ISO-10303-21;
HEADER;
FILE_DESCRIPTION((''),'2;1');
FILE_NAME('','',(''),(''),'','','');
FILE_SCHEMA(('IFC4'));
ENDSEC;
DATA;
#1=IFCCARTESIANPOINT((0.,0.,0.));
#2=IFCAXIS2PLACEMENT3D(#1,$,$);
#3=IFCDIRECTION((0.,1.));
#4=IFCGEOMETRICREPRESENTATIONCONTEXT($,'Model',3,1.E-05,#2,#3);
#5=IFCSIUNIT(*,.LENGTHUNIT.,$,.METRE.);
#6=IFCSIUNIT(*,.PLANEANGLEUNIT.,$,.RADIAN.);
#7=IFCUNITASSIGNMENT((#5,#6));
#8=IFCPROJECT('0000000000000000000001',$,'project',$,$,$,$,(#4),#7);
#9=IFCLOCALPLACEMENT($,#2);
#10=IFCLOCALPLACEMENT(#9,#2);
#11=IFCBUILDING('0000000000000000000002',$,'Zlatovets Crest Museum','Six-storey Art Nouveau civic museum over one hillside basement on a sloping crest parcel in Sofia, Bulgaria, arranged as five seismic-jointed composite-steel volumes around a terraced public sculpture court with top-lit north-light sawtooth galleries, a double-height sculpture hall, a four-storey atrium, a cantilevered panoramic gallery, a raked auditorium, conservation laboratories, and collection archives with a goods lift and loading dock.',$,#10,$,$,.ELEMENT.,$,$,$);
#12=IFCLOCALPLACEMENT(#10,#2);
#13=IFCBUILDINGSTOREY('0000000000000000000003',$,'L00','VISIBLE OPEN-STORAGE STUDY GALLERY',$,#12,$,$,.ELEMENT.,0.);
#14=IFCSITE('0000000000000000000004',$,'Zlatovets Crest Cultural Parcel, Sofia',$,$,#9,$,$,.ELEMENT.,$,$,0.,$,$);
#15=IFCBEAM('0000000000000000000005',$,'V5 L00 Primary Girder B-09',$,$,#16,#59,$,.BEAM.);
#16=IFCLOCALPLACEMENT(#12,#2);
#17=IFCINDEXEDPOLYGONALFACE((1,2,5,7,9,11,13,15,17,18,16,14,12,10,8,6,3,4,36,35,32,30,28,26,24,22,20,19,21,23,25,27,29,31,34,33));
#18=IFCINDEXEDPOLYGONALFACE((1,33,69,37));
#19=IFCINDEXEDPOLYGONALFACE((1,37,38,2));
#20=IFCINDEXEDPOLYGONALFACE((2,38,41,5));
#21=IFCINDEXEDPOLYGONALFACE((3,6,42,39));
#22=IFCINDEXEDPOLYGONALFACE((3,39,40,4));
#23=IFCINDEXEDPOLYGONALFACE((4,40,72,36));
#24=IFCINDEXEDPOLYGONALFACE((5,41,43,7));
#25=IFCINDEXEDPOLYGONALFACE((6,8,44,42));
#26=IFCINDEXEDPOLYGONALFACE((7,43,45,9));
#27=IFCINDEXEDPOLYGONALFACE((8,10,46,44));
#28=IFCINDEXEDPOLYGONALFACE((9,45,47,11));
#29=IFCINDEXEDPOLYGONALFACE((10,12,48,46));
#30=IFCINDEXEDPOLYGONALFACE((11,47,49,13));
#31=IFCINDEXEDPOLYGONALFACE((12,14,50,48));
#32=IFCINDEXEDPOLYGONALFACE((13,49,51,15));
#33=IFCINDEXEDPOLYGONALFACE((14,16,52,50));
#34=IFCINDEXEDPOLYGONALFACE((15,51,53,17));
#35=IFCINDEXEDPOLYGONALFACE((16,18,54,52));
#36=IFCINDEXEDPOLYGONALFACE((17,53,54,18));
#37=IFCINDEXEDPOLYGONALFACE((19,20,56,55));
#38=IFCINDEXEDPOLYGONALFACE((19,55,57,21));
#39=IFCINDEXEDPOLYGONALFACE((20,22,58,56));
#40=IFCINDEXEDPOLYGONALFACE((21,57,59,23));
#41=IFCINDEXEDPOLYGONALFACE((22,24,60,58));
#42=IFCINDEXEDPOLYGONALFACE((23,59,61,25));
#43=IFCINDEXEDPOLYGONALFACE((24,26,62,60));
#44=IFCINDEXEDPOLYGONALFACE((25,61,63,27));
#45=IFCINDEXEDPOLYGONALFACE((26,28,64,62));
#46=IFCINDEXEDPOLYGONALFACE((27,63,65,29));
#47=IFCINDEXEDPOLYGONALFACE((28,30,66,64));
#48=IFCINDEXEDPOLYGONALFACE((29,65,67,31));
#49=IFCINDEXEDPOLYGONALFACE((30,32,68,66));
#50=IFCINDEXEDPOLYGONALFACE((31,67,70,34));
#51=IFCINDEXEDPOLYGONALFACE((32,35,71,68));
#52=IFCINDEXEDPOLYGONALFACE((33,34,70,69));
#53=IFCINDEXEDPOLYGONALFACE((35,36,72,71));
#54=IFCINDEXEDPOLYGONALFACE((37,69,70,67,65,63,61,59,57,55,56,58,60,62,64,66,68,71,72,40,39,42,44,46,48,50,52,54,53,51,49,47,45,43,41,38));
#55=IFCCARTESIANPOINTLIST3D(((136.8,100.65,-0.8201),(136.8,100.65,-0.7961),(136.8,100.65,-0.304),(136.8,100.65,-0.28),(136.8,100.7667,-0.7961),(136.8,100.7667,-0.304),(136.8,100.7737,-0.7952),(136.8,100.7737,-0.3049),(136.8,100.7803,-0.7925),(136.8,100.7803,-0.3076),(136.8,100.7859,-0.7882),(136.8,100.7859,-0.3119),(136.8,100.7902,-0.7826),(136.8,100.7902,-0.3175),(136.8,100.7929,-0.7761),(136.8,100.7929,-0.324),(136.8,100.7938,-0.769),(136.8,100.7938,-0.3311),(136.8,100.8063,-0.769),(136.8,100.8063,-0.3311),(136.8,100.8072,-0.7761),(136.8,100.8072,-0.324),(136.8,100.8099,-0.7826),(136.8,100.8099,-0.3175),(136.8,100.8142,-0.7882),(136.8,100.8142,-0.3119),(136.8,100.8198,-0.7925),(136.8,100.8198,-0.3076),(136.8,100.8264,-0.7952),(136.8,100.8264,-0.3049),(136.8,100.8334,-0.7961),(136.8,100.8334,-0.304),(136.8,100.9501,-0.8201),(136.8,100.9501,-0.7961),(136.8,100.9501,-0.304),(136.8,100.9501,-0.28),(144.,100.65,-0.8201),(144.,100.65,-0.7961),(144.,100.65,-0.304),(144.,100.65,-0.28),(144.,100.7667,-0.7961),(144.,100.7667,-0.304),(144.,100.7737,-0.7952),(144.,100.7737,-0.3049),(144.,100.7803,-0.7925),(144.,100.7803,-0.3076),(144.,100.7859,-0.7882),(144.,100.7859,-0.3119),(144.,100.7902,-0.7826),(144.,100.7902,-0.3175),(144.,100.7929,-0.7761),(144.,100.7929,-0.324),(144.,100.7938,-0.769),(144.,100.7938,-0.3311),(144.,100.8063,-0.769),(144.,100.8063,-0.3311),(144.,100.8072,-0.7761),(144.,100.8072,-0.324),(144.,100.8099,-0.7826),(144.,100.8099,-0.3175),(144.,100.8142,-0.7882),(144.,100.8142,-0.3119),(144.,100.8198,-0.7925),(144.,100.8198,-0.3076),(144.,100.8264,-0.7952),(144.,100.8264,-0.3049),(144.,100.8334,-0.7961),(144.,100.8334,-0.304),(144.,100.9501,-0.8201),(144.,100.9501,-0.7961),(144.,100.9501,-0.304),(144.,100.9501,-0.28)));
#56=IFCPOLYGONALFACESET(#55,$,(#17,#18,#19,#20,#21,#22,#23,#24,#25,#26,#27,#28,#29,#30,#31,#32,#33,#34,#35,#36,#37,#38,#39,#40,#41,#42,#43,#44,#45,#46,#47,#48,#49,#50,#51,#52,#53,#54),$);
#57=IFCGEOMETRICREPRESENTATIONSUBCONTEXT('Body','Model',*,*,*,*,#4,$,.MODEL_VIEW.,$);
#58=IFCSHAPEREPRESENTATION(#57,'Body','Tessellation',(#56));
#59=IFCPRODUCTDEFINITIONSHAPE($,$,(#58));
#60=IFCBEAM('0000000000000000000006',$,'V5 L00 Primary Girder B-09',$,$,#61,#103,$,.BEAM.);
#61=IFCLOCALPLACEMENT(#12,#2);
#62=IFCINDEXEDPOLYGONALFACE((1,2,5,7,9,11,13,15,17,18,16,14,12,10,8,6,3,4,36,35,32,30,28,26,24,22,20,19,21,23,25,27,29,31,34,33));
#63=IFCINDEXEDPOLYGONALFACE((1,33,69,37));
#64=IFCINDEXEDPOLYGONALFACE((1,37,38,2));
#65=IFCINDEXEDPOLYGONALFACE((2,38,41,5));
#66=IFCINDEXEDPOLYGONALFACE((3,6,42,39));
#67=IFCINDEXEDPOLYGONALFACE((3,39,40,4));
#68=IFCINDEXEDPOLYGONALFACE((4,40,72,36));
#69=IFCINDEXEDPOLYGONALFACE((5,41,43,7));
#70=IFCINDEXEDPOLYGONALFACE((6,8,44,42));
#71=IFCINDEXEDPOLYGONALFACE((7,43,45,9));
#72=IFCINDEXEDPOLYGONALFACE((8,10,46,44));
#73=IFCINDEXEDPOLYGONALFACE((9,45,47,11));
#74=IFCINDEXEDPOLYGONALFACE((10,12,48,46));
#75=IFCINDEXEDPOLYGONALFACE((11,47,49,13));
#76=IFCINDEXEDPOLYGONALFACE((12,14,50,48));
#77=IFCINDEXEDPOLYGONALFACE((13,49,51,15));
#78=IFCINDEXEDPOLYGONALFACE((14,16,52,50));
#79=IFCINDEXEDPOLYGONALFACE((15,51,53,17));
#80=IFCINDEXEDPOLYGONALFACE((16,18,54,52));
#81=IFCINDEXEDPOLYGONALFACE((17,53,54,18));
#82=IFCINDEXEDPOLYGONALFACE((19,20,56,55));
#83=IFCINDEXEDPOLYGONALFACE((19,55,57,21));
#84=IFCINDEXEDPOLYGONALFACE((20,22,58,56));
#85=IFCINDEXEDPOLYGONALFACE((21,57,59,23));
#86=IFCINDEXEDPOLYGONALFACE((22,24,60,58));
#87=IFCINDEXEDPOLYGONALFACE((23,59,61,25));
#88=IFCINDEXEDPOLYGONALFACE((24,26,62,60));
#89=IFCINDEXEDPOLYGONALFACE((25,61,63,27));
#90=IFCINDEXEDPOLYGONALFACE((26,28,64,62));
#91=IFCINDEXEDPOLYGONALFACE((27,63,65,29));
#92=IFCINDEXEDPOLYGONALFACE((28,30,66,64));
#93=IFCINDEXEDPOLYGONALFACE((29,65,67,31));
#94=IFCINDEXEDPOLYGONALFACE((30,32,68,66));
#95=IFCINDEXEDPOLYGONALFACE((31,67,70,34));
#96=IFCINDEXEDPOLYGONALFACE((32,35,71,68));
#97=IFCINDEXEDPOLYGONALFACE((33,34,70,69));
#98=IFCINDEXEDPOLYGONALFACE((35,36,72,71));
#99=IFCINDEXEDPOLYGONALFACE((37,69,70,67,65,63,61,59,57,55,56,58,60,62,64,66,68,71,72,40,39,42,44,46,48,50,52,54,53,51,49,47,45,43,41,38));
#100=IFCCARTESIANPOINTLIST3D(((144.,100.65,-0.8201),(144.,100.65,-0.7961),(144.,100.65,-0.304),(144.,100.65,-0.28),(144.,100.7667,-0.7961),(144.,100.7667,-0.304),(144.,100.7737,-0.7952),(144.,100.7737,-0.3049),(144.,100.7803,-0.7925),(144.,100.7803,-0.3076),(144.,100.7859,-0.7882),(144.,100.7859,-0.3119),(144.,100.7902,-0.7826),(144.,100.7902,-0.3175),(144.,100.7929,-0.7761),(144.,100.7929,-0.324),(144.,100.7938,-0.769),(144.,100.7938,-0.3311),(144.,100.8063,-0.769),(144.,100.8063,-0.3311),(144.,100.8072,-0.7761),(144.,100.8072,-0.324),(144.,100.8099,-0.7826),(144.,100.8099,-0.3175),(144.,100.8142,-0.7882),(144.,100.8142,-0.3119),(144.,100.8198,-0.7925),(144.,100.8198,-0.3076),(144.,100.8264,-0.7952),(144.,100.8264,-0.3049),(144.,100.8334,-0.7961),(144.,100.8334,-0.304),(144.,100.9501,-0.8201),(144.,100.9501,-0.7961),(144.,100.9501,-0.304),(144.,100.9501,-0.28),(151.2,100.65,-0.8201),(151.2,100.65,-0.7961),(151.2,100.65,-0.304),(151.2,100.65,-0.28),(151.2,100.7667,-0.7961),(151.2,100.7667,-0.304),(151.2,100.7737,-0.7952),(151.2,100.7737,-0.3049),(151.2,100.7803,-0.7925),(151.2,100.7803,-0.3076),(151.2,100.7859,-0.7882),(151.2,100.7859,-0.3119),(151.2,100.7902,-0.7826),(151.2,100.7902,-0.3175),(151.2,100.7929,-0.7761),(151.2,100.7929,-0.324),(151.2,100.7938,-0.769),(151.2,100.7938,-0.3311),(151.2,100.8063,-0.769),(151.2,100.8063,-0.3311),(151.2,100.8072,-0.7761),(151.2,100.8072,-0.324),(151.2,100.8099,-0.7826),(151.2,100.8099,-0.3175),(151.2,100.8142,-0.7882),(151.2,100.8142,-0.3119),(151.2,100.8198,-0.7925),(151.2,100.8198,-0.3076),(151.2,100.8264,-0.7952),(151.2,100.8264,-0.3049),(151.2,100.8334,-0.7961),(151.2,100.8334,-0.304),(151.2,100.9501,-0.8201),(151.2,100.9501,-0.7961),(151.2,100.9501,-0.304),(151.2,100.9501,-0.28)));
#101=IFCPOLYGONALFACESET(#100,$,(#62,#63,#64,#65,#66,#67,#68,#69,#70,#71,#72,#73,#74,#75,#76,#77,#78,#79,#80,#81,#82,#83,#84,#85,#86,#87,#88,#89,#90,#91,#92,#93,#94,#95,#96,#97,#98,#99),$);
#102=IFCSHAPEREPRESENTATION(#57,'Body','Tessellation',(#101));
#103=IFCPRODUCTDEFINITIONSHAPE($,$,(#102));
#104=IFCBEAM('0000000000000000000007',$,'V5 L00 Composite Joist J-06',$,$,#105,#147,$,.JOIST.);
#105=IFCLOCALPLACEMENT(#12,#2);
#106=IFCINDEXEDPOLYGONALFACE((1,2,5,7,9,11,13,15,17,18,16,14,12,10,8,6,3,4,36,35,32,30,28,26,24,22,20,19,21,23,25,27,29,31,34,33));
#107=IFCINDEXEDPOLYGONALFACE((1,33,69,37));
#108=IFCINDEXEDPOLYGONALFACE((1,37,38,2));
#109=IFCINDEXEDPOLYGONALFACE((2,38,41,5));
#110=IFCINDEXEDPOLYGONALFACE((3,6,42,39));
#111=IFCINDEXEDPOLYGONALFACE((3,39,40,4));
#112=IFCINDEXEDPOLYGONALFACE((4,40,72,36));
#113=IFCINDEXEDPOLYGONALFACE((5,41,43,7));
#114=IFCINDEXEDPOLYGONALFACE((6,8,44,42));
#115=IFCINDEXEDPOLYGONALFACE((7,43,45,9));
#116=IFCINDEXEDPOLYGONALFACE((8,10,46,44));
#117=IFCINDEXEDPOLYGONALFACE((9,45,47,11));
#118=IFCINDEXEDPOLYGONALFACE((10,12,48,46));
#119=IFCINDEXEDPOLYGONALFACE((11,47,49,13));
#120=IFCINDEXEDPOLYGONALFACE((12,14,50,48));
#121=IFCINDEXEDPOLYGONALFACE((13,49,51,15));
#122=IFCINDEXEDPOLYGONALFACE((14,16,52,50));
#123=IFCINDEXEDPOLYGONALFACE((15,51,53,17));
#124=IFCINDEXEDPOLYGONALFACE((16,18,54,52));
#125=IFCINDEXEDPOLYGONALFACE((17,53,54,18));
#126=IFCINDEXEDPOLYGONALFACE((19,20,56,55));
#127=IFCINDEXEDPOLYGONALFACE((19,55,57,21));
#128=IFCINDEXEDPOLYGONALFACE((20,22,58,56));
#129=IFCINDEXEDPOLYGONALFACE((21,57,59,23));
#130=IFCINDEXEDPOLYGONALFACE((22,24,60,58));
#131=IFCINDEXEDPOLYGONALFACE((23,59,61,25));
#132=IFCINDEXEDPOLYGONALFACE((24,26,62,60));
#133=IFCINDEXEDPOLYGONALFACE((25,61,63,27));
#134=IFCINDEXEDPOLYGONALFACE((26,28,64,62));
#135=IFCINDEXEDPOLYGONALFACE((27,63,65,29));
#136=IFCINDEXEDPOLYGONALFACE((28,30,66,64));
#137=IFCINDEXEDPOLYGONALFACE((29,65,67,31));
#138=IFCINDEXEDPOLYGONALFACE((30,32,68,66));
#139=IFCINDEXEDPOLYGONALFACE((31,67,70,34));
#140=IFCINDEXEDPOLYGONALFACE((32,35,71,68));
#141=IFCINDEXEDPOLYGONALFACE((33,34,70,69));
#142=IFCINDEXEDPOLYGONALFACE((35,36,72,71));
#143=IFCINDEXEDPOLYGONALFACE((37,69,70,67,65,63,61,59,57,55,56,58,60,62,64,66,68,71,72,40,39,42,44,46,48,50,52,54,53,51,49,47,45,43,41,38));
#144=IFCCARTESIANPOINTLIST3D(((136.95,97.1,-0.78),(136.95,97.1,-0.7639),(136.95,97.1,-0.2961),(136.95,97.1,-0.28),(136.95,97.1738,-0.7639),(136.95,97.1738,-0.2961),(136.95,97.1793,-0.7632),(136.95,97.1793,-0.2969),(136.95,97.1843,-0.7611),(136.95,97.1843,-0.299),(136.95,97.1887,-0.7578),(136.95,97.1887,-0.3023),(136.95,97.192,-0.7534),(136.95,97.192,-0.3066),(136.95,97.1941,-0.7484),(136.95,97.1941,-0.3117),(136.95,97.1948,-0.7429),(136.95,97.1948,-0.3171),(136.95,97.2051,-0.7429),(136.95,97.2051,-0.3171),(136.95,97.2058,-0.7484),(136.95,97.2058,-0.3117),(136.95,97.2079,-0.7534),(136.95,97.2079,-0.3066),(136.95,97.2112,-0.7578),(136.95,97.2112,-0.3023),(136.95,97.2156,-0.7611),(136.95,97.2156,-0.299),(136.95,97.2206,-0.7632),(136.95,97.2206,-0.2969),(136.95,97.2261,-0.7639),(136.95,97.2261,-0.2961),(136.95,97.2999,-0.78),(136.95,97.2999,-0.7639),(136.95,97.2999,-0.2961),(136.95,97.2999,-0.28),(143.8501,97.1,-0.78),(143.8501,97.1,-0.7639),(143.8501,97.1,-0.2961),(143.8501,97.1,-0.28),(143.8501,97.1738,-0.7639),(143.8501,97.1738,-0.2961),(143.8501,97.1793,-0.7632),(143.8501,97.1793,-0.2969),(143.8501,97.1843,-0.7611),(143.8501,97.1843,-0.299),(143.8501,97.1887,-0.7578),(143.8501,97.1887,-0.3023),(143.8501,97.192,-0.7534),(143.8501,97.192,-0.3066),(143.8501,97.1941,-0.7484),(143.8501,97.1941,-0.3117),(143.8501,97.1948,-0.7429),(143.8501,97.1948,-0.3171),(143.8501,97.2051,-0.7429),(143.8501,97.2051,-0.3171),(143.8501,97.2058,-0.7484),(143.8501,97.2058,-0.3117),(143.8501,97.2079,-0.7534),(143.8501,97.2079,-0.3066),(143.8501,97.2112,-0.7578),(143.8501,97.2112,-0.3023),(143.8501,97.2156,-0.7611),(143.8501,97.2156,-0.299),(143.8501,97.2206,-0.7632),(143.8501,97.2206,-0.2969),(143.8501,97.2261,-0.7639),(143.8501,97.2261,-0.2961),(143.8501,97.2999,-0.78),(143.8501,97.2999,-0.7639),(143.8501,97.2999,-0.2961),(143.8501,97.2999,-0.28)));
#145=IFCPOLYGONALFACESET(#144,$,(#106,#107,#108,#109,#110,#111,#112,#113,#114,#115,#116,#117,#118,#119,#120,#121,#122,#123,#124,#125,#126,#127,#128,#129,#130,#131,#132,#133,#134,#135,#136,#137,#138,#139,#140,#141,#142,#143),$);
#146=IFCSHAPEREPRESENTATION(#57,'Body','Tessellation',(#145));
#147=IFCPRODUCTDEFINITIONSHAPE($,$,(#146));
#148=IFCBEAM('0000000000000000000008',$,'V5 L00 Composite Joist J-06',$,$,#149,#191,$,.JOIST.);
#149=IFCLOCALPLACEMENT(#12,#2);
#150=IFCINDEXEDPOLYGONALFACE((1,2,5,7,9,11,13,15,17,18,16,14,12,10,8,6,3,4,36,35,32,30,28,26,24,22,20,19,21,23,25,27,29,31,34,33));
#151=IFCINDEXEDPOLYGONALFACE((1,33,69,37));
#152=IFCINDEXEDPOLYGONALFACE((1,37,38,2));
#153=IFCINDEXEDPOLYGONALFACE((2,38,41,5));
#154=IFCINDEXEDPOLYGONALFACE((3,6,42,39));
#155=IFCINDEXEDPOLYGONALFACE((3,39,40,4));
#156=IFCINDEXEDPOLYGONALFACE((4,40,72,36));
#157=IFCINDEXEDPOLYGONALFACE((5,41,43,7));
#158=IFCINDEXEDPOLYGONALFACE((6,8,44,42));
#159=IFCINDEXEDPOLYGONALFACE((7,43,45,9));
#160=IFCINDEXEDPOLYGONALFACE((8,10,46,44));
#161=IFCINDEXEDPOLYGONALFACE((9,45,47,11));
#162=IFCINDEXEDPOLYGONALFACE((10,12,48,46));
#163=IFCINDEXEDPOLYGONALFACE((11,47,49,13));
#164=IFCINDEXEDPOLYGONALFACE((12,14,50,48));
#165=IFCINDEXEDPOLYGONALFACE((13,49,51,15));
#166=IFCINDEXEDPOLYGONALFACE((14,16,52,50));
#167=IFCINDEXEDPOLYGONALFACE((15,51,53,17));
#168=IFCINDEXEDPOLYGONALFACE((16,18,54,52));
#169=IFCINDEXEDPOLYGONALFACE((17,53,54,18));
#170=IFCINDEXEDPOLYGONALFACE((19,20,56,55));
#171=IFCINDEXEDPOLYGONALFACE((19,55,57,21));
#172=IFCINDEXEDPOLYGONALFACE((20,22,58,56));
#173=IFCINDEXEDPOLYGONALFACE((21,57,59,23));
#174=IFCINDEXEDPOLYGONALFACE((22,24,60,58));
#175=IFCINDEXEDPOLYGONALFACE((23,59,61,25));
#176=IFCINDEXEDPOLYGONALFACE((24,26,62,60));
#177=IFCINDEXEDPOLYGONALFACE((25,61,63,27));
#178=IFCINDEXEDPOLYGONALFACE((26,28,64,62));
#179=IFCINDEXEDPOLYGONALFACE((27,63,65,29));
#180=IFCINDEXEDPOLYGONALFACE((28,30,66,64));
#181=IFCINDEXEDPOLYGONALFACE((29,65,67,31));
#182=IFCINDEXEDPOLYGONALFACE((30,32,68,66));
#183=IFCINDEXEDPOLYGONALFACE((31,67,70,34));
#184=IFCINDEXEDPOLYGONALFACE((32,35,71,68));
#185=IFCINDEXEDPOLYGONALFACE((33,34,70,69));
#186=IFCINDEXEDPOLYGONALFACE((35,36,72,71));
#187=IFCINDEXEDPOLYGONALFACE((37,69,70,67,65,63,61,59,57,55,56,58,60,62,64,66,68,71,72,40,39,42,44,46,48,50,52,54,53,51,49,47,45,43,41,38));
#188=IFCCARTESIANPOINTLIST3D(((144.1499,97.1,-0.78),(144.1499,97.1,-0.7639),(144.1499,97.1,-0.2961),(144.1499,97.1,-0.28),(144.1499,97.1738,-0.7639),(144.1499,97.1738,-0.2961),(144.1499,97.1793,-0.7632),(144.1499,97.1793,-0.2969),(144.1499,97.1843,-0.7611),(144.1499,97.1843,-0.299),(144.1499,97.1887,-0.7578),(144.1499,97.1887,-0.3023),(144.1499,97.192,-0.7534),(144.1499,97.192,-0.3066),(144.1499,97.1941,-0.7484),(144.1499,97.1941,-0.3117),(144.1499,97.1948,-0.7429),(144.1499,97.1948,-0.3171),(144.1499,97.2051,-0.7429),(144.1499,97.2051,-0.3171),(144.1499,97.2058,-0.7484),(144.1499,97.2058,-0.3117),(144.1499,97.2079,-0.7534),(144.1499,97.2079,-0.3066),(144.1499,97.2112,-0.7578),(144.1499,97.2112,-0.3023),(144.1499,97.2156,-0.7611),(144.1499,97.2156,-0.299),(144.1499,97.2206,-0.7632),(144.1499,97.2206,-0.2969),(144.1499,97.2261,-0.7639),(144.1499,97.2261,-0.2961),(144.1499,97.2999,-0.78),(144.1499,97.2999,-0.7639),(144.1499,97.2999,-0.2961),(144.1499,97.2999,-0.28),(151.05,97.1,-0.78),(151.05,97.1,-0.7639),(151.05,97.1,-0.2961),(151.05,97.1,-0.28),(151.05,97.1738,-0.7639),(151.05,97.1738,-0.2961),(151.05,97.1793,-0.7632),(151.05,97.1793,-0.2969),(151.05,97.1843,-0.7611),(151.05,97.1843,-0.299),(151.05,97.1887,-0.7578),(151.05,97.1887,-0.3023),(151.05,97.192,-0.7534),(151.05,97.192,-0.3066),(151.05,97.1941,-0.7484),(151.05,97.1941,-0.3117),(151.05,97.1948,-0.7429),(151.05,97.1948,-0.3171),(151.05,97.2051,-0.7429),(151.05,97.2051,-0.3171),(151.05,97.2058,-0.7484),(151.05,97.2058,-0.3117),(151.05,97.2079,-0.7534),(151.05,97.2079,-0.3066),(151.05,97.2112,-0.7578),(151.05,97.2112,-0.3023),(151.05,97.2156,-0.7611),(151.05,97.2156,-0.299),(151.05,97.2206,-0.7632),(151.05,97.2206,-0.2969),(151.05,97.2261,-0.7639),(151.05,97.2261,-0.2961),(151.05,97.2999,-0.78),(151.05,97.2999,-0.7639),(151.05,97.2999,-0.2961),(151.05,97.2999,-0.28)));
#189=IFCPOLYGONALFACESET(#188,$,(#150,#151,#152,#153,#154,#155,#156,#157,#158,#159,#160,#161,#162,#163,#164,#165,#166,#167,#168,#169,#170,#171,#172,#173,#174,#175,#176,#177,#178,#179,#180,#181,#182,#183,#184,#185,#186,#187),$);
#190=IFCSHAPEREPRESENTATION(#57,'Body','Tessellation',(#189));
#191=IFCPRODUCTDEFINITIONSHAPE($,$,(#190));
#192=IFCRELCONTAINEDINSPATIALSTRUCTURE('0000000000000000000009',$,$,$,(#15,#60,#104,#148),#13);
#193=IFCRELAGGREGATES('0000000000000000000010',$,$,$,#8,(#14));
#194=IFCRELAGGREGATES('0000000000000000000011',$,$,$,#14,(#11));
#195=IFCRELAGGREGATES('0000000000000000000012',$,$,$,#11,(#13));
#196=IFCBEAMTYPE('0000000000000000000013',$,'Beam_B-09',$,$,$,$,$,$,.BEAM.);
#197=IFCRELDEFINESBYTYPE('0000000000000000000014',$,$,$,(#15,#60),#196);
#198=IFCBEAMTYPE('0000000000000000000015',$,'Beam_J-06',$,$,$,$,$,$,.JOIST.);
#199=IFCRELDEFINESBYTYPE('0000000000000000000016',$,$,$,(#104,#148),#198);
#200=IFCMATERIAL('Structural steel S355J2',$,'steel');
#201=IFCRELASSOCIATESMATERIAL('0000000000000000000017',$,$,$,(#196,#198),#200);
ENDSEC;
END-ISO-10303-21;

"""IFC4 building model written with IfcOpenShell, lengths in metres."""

from ifc_helpers import new_model, si_unit, direction, frame, origin, origin_2d, place, context, subcontext, project, spatial, i_section, extrude, material, material_profile, profile_set, type_object, element, save


model = new_model("IFC4")

# Units and contexts
model_context = context("Model", 3, precision=1e-05, world=origin(), true_north=direction((0.0, 1.0)))
body_context = subcontext(model_context, "Body", "Model", "MODEL_VIEW")
ifc_project = project(units=[si_unit("LENGTHUNIT", "METRE"), si_unit("PLANEANGLEUNIT", "RADIAN")], contexts=[model_context])

# Site, building, storey
site_placement = place(None, origin())
site = spatial("IfcSite", under=ifc_project, at=site_placement, Name="Zlatovets Crest Cultural Parcel, Sofia", CompositionType="ELEMENT", RefElevation=0.0)
building_placement = place(site_placement, origin())
building = spatial("IfcBuilding", under=site, at=building_placement, Name="Zlatovets Crest Museum", Description="Six-storey Art Nouveau civic museum over one hillside basement on a sloping crest parcel in Sofia, Bulgaria, arranged as five seismic-jointed composite-steel volumes around a terraced public sculpture court with top-lit north-light sawtooth galleries, a double-height sculpture hall, a four-storey atrium, a cantilevered panoramic gallery, a raked auditorium, conservation laboratories, and collection archives with a goods lift and loading dock.", CompositionType="ELEMENT")
storey_placement = place(building_placement, origin())
storey = spatial("IfcBuildingStorey", under=building, at=storey_placement, Name="L00", Description="VISIBLE OPEN-STORAGE STUDY GALLERY", CompositionType="ELEMENT", Elevation=0.0)

# Shared definitions
ifc_material_1 = material(Name="Structural steel S355J2", Category="steel")

# Beams
ifc_material_profile_1 = material_profile(ifc_material_1, i_section(OverallWidth=0.3, OverallDepth=0.54, WebThickness=0.0125, FlangeThickness=0.0239, FilletRadius=0.0271, at=origin_2d()), Name="HEA 550")
ifc_profile_set_1 = profile_set([ifc_material_profile_1], Name="Structural steel S355J2")
beam_type_1 = type_object("IfcBeamType", Name="Beam_B-09", PredefinedType="BEAM", material=ifc_profile_set_1)
for number, where, z_axis, x_axis, name in (
    (1, (136.8, 100.8, -0.55), (1.0, 0.0, 0.0), (0.0, 1.0, 0.0), "V5 L00 Primary Girder B-09"),
    (2, (144.0, 100.8, -0.55), (1.0, 0.0, 0.0), (0.0, 1.0, 0.0), "V5 L00 Primary Girder B-09"),
):
    element("IfcBeam", number, at=place(storey_placement, frame(where, z_axis=z_axis, x_axis=x_axis)), inside=storey, type_object=beam_type_1, Name=name, PredefinedType="BEAM", context=body_context, shape_type="SweptSolid", body=[
        extrude(i_section(OverallWidth=0.3, OverallDepth=0.54, WebThickness=0.0125, FlangeThickness=0.0239, FilletRadius=0.0271, at=origin_2d()), origin(), (0.0, 0.0, 1.0), 7.2),
    ])
ifc_material_profile_2 = material_profile(ifc_material_1, i_section(OverallWidth=0.2, OverallDepth=0.5, WebThickness=0.0103, FlangeThickness=0.0161, FilletRadius=0.021, at=origin_2d()), Name="IPE 500")
ifc_profile_set_2 = profile_set([ifc_material_profile_2], Name="Structural steel S355J2")
beam_type_2 = type_object("IfcBeamType", Name="Beam_J-06", PredefinedType="JOIST", material=ifc_profile_set_2)
for number, where, z_axis, x_axis, name in (
    (3, (136.95, 97.2, -0.53), (1.0, 0.0, 0.0), (0.0, 1.0, 0.0), "V5 L00 Composite Joist J-06"),
    (4, (144.1499, 97.2, -0.53), (1.0, 0.0, 0.0), (0.0, 1.0, 0.0), "V5 L00 Composite Joist J-06"),
):
    element("IfcBeam", number, at=place(storey_placement, frame(where, z_axis=z_axis, x_axis=x_axis)), inside=storey, type_object=beam_type_2, Name=name, PredefinedType="JOIST", context=body_context, shape_type="SweptSolid", body=[
        extrude(i_section(OverallWidth=0.2, OverallDepth=0.5, WebThickness=0.0103, FlangeThickness=0.0161, FilletRadius=0.021, at=origin_2d()), origin(), (0.0, 0.0, 1.0), 6.9001),
    ])

save(model, "model.ifc")
